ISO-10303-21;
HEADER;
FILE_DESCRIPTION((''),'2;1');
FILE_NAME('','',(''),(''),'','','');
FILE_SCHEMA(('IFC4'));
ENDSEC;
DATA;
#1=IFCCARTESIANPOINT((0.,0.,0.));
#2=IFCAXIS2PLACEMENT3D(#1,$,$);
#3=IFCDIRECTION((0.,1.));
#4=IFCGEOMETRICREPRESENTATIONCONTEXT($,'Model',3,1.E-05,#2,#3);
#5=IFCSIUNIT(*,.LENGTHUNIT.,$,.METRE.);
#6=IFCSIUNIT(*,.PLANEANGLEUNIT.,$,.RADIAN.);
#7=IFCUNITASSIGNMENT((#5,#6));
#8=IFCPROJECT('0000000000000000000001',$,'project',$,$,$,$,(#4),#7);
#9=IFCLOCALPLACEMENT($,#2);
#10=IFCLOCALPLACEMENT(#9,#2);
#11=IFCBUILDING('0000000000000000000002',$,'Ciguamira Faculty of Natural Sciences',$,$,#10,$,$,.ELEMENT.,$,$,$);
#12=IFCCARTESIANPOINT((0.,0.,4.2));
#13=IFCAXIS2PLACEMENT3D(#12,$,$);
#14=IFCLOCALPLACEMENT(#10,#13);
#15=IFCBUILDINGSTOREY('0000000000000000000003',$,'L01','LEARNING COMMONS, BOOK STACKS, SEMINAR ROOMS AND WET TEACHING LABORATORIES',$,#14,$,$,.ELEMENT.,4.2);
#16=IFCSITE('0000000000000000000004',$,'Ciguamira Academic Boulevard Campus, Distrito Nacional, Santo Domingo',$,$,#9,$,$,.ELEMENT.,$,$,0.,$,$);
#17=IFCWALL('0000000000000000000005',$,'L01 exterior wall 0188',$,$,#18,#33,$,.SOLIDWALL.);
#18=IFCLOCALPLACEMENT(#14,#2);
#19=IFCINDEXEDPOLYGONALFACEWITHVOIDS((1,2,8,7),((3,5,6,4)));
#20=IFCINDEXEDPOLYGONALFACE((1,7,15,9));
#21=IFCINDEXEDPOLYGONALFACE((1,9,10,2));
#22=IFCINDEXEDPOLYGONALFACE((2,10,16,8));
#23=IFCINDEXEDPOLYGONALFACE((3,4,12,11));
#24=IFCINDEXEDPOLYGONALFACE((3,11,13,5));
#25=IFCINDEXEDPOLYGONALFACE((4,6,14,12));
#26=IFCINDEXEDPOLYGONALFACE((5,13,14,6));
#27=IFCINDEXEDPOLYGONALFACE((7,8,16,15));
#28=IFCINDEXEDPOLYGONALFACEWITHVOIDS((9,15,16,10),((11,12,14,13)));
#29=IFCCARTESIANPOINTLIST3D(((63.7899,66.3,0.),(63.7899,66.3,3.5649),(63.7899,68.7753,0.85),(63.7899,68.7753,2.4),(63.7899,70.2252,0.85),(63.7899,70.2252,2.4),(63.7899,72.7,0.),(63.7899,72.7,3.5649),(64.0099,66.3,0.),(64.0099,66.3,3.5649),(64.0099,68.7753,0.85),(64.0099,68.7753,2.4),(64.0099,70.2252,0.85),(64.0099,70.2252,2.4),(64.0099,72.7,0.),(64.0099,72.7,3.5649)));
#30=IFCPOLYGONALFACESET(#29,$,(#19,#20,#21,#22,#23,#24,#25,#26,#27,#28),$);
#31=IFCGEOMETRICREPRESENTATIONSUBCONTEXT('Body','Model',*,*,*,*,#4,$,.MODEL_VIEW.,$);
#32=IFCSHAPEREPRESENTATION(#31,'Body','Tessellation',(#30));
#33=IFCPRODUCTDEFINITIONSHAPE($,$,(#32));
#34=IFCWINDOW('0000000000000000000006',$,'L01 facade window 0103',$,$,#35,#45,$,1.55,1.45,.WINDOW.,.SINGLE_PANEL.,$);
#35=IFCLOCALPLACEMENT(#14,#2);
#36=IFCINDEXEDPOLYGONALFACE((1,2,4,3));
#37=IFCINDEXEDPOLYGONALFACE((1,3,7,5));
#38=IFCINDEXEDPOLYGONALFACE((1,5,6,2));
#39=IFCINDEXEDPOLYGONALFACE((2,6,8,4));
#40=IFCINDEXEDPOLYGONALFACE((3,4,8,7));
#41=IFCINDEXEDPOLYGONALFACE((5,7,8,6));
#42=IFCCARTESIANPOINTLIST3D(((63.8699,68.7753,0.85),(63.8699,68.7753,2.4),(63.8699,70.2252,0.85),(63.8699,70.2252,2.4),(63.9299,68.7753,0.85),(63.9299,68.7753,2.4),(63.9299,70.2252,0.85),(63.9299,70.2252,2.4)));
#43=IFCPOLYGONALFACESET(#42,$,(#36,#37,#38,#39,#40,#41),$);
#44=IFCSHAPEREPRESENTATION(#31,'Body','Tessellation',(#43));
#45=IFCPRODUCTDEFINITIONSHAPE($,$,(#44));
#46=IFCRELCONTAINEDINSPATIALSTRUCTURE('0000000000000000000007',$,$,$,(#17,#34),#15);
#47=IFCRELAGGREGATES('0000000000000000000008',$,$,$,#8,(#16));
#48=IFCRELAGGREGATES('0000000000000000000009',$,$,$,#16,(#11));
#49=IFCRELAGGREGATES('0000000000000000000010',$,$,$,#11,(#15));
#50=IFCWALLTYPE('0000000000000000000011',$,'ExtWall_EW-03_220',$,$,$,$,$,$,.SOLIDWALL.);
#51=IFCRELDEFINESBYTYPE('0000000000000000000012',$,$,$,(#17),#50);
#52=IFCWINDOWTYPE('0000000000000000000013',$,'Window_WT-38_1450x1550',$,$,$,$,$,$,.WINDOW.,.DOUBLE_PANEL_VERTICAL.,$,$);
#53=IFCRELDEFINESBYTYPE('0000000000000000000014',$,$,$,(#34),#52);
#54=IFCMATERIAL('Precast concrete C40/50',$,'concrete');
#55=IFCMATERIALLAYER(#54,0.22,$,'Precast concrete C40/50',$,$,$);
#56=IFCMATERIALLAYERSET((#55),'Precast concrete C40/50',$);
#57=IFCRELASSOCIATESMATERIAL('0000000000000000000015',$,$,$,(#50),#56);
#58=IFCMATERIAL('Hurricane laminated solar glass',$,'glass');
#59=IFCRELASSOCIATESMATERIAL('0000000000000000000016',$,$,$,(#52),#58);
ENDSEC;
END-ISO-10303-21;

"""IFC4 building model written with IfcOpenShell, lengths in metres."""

from ifc_helpers import new_model, si_unit, direction, frame, frame_2d, origin, place, context, subcontext, project, spatial, rectangle, extrude, material, layer, layer_set, type_object, element, fill, save


model = new_model("IFC4")

# Units and contexts
model_context = context("Model", 3, precision=1e-05, world=origin(), true_north=direction((0.0, 1.0)))
body_context = subcontext(model_context, "Body", "Model", "MODEL_VIEW")
ifc_project = project(units=[si_unit("LENGTHUNIT", "METRE"), si_unit("PLANEANGLEUNIT", "RADIAN")], contexts=[model_context])

# Site, building, storey
site_placement = place(None, origin())
site = spatial("IfcSite", under=ifc_project, at=site_placement, Name="Ciguamira Academic Boulevard Campus, Distrito Nacional, Santo Domingo", CompositionType="ELEMENT", RefElevation=0.0)
building_placement = place(site_placement, origin())
building = spatial("IfcBuilding", under=site, at=building_placement, Name="Ciguamira Faculty of Natural Sciences", CompositionType="ELEMENT")
storey_placement = place(building_placement, frame((0.0, 0.0, 4.2)))
storey = spatial("IfcBuildingStorey", under=building, at=storey_placement, Name="L01", Description="LEARNING COMMONS, BOOK STACKS, SEMINAR ROOMS AND WET TEACHING LABORATORIES", CompositionType="ELEMENT", Elevation=4.2)

# Shared definitions
ifc_material_1 = material(Name="Precast concrete C40/50", Category="concrete")

# Wall, opening, window
ifc_layer = layer(ifc_material_1, 0.22, Name="Precast concrete C40/50")
ifc_layer_set = layer_set([ifc_layer], Name="Precast concrete C40/50")
wall_type = type_object("IfcWallType", Name="ExtWall_EW-03_220", PredefinedType="SOLIDWALL", material=ifc_layer_set)
ifc_material_2 = material(Name="Hurricane laminated solar glass", Category="glass")
wall_1_placement = place(storey_placement, frame((63.8999, 66.3, 0.0), z_axis=(0.0, 0.0, 1.0), x_axis=(0.0, 1.0, 0.0)))
wall_1 = element("IfcWall", 1, at=wall_1_placement, inside=storey, type_object=wall_type, Name="L01 exterior wall 0188", PredefinedType="SOLIDWALL", context=body_context, shape_type="SweptSolid", body=[
    extrude(rectangle(XDim=6.3999, YDim=0.22, at=frame_2d((3.2, 0.0))), origin(), (0.0, 0.0, 1.0), 3.5649),
])
opening_1_placement = place(wall_1_placement, frame((2.4751, 0.0, 0.8501)))
opening_1 = element("IfcOpeningElement", 2, at=opening_1_placement, cuts=wall_1, PredefinedType="OPENING", context=body_context, shape_type="SweptSolid", body=[
    extrude(rectangle(XDim=1.45, YDim=1.55, at=frame_2d((0.7251, 0.7749))), frame((0.0, 0.1199, 0.0), z_axis=(0.0, -1.0, 0.0), x_axis=(1.0, 0.0, 0.0)), (0.0, 0.0, 1.0), 0.24),
])
window_type_1 = type_object("IfcWindowType", Name="Window_WT-38_1450x1550", PartitioningType="DOUBLE_PANEL_VERTICAL", PredefinedType="WINDOW", material=ifc_material_2)
window_1_placement = place(opening_1_placement, origin())
window_1 = element("IfcWindow", 3, at=window_1_placement, inside=storey, type_object=window_type_1, Name="L01 facade window 0103", OverallHeight=1.55, OverallWidth=1.45, PartitioningType="SINGLE_PANEL", PredefinedType="WINDOW", context=body_context, shape_type="SweptSolid", body=[
    extrude(rectangle(XDim=1.45, YDim=1.55, at=frame_2d((0.7251, 0.7749))), frame((0.0, 0.03, 0.0), z_axis=(0.0, -1.0, 0.0), x_axis=(1.0, 0.0, 0.0)), (0.0, 0.0, 1.0), 0.0601),
])
fill(opening_1, window_1)

save(model, "model.ifc")
